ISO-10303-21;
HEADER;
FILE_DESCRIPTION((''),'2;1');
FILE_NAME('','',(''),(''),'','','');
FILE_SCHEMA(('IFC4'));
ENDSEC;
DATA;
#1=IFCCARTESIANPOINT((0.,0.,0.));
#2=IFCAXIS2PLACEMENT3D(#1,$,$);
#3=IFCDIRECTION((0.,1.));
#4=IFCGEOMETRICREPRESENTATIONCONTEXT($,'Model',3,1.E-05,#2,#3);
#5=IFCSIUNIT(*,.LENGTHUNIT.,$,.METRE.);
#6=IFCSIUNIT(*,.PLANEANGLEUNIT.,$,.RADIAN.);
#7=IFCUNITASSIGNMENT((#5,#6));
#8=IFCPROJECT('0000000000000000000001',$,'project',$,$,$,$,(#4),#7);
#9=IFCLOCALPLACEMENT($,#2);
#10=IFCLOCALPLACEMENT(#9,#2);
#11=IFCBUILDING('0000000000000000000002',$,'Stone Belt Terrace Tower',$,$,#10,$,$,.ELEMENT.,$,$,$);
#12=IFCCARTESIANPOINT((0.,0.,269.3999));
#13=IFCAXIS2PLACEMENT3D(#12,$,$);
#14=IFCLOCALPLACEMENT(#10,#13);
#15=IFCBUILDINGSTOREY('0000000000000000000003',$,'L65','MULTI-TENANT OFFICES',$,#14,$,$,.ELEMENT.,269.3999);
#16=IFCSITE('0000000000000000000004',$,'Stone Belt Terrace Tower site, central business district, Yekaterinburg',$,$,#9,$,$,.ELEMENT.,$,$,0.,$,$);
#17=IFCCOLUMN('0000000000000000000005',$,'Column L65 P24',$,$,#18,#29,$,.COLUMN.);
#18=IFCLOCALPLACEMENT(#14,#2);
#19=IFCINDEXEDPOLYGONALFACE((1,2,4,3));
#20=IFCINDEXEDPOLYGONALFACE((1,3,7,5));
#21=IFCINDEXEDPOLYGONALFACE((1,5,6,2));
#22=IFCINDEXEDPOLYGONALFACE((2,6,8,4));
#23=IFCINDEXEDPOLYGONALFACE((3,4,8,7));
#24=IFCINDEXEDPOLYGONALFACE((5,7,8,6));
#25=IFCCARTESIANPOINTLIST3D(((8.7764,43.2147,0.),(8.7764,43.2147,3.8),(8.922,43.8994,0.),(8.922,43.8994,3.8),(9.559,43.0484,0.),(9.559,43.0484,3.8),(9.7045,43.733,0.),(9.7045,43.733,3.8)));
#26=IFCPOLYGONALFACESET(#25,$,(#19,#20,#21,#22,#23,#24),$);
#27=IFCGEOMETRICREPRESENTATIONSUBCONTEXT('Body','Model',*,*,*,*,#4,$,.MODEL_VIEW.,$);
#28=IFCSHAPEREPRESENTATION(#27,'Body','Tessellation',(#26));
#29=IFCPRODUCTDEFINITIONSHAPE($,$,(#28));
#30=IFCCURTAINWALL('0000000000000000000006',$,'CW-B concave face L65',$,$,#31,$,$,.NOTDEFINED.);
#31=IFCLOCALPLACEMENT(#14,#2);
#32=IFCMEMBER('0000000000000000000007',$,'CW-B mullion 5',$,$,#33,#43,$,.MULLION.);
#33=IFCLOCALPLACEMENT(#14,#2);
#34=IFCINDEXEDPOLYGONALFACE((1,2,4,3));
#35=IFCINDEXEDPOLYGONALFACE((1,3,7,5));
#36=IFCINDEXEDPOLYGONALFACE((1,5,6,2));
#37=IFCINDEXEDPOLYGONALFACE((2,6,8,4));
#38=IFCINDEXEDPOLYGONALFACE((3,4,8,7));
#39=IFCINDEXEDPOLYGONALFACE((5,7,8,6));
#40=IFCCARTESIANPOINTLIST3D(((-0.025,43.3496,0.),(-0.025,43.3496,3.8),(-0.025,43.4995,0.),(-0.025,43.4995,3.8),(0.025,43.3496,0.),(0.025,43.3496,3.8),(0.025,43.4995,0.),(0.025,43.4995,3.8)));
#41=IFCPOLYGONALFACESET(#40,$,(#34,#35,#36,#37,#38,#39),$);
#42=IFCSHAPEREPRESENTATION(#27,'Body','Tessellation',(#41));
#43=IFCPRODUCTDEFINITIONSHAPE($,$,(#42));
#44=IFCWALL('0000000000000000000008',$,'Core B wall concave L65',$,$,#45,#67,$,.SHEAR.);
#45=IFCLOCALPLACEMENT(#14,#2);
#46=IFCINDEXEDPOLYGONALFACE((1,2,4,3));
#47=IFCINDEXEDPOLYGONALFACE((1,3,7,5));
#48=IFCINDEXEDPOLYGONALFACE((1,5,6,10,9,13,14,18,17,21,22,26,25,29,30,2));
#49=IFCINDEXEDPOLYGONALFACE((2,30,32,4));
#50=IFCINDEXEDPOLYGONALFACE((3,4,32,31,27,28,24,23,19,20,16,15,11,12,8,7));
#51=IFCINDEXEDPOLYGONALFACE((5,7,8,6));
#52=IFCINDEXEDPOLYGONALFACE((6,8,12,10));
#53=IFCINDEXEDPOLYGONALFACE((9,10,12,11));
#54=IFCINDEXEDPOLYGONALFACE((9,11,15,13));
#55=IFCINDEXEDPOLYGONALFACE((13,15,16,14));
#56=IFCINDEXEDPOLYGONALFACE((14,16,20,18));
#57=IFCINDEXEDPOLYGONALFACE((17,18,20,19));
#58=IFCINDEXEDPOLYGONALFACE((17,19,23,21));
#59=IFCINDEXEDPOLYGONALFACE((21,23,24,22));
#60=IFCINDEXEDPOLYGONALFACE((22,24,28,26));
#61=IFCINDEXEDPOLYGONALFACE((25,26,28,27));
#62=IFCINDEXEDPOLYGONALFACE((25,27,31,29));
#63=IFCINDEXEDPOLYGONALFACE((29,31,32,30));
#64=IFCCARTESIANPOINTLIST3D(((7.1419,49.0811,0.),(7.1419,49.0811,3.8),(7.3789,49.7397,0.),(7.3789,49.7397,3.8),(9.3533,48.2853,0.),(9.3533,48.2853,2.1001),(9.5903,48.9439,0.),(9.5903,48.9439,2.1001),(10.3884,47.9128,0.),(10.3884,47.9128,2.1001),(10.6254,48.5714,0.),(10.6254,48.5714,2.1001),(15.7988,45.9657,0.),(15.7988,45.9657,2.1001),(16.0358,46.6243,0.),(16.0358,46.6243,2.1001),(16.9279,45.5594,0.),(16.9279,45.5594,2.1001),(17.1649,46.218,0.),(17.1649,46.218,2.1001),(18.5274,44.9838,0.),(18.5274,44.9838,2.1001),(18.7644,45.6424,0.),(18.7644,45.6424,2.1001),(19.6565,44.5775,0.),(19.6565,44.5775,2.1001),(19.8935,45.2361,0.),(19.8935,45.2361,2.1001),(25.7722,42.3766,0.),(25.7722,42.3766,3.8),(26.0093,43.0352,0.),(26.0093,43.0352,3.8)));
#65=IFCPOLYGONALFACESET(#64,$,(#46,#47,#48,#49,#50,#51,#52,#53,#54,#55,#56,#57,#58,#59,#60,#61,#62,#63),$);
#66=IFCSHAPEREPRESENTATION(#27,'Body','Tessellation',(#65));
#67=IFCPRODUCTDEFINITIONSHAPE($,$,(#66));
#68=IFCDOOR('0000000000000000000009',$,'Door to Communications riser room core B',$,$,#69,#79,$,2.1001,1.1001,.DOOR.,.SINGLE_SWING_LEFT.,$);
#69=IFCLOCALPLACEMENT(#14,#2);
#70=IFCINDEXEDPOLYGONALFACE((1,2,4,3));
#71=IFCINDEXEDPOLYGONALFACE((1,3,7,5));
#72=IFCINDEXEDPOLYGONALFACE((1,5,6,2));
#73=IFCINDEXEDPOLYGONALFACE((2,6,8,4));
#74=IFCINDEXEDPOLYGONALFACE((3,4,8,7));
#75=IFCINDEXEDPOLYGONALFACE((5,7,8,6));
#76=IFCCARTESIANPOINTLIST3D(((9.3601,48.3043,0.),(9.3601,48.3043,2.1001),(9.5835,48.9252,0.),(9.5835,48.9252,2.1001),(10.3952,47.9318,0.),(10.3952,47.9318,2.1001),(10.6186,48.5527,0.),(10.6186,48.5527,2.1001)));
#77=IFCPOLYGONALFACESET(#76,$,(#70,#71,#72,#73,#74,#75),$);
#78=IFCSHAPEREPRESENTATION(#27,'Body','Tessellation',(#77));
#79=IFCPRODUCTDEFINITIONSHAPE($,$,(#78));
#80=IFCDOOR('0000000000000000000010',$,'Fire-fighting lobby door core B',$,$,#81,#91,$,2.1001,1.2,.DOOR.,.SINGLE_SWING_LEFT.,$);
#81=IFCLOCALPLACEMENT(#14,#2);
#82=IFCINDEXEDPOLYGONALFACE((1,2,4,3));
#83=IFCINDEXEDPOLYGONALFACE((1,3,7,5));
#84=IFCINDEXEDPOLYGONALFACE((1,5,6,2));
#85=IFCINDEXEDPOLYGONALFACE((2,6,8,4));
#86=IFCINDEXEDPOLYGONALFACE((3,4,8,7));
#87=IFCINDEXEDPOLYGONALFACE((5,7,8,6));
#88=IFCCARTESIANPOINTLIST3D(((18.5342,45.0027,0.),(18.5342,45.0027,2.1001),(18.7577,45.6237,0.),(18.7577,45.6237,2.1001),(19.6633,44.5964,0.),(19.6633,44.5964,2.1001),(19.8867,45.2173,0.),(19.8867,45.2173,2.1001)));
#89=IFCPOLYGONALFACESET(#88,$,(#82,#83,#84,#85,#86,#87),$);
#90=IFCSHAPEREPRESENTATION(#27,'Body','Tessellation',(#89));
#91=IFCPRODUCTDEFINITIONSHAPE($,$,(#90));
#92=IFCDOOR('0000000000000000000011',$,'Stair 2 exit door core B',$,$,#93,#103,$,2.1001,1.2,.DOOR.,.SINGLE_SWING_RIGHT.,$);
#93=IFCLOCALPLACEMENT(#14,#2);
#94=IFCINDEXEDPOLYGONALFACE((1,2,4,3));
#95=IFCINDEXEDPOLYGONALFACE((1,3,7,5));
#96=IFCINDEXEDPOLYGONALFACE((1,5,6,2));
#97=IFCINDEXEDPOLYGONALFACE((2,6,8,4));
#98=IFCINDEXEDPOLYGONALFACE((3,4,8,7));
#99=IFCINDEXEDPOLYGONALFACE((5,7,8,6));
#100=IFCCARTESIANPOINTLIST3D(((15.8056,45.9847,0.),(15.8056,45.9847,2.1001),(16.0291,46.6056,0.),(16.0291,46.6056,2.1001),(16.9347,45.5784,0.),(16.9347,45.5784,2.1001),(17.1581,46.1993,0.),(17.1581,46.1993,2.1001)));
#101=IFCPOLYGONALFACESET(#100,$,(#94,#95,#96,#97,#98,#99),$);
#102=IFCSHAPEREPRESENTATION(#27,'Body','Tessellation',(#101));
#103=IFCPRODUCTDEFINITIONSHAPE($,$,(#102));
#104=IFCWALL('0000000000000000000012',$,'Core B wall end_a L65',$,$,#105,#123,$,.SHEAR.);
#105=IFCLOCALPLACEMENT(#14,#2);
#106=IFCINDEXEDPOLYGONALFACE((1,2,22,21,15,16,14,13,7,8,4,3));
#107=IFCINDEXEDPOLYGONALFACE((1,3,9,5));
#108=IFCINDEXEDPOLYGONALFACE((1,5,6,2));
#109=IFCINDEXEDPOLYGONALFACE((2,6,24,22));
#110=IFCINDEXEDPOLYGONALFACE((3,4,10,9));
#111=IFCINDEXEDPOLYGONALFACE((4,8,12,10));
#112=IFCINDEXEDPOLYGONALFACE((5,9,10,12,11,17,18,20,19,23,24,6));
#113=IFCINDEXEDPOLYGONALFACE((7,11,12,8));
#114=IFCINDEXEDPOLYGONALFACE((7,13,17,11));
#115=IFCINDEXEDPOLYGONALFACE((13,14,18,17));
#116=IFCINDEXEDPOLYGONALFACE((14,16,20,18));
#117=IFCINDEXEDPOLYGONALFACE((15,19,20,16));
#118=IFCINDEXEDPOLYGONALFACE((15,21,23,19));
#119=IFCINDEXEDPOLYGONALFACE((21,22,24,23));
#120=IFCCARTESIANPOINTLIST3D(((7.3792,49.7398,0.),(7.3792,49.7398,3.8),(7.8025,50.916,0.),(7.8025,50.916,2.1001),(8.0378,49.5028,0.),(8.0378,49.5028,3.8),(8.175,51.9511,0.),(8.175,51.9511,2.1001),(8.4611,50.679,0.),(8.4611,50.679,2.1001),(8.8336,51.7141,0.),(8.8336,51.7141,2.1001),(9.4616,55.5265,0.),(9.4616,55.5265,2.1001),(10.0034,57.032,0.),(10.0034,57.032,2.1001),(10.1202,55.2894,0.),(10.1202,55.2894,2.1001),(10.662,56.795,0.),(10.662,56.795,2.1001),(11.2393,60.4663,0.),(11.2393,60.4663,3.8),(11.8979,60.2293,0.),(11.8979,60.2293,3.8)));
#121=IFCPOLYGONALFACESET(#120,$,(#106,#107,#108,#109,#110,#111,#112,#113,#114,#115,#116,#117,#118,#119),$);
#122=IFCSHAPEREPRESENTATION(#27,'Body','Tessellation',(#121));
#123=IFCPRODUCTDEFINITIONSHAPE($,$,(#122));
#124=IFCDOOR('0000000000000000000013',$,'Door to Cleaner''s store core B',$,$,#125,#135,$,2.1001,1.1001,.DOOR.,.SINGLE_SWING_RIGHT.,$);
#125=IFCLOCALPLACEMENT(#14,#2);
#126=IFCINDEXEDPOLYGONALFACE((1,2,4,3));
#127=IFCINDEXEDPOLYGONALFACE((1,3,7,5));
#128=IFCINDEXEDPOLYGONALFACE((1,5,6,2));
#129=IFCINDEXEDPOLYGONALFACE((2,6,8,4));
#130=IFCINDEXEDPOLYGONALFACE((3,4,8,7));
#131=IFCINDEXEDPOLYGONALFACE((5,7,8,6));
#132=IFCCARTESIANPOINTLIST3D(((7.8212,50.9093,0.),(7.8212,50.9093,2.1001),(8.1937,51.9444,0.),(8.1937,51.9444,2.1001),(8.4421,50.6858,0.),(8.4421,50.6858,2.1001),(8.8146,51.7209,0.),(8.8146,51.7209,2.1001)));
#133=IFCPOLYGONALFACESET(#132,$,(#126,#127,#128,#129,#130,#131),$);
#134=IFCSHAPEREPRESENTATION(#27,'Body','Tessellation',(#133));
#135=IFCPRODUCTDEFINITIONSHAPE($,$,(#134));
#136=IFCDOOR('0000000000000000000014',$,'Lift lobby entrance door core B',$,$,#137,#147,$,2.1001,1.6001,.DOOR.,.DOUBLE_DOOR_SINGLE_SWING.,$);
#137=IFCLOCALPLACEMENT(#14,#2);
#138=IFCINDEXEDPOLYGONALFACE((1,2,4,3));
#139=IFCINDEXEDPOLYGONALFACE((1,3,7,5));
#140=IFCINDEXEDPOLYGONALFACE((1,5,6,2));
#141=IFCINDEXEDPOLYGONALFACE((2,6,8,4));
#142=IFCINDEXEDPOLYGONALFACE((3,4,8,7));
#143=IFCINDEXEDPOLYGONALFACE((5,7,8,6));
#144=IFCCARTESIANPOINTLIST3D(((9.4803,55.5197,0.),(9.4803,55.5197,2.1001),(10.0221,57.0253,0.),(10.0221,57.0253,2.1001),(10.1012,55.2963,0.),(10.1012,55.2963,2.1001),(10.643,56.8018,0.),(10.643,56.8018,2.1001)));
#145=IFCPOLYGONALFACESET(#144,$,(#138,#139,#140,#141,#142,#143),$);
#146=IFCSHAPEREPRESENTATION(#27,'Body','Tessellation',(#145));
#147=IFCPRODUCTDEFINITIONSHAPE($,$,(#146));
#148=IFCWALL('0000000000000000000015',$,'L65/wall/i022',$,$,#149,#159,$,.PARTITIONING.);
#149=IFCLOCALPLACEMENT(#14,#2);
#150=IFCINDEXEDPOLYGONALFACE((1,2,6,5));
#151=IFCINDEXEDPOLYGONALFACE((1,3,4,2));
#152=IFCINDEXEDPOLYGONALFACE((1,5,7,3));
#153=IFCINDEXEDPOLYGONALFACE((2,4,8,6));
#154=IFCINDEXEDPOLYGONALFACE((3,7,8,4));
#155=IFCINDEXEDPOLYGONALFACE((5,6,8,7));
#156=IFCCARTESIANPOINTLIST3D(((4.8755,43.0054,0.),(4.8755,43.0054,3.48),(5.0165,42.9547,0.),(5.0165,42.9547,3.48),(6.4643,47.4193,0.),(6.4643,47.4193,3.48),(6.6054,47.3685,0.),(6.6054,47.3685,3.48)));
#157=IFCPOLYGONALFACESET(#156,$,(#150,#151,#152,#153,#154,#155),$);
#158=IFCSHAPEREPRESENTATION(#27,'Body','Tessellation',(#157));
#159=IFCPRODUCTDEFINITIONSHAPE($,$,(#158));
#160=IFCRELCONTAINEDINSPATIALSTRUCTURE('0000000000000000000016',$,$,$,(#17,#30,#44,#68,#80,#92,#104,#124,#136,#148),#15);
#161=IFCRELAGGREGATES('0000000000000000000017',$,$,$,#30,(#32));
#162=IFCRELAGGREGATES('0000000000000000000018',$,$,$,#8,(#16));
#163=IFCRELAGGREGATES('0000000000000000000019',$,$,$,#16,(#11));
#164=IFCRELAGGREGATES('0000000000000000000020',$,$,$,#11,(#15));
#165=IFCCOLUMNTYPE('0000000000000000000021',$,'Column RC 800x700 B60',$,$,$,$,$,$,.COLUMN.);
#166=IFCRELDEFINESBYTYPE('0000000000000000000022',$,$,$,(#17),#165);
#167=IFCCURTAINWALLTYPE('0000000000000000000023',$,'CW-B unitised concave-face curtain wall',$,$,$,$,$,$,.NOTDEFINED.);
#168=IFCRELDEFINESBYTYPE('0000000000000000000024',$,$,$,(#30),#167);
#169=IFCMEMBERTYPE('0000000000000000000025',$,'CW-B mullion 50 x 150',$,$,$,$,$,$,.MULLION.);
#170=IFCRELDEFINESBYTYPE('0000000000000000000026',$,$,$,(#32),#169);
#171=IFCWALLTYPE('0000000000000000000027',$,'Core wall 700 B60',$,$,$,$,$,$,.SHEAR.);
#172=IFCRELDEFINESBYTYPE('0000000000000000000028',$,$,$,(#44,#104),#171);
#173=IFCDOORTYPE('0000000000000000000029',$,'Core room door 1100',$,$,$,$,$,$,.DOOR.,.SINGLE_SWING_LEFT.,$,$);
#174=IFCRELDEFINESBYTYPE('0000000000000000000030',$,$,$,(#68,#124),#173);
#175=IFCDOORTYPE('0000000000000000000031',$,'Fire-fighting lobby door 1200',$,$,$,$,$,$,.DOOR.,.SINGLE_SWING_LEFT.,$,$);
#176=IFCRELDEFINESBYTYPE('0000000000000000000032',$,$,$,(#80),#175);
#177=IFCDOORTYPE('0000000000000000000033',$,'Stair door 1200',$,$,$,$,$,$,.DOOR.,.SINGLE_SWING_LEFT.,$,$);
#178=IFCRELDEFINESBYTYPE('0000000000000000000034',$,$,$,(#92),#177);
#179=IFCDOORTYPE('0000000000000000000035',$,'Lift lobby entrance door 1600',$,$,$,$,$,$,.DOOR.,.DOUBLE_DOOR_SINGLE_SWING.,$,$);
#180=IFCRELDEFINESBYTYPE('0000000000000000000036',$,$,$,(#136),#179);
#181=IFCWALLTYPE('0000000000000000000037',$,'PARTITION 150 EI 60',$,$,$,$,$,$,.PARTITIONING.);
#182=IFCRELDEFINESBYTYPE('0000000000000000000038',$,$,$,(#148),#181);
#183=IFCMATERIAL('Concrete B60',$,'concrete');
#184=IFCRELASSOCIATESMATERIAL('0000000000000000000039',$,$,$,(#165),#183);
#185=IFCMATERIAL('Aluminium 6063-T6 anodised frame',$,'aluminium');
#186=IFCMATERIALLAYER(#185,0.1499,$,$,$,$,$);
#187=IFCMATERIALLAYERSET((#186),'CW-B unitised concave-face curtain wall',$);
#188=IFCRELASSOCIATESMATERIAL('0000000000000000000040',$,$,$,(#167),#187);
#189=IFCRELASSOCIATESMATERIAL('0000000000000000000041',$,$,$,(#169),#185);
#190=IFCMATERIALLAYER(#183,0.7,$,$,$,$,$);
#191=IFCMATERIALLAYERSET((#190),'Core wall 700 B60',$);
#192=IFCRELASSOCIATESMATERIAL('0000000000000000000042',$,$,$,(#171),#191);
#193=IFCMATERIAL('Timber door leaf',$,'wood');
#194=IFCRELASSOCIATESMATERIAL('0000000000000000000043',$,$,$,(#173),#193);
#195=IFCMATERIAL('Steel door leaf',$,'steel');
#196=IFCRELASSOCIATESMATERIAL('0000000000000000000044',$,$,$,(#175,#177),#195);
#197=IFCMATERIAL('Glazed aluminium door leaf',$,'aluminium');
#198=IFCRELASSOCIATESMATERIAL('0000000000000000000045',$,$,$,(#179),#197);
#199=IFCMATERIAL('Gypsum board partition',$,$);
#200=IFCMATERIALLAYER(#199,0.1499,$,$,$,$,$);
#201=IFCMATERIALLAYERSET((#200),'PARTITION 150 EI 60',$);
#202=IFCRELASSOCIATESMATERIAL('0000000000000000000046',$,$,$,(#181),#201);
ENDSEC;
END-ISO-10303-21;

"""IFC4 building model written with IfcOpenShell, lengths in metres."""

from ifc_helpers import new_model, si_unit, direction, frame, frame_2d, origin, origin_2d, place, context, subcontext, project, spatial, rectangle, extrude, material, layer, layer_set, material_profile, profile_set, type_object, element, fill, aggregate, save


model = new_model("IFC4")

# Units and contexts
model_context = context("Model", 3, precision=1e-05, world=origin(), true_north=direction((0.0, 1.0)))
body_context = subcontext(model_context, "Body", "Model", "MODEL_VIEW")
ifc_project = project(units=[si_unit("LENGTHUNIT", "METRE"), si_unit("PLANEANGLEUNIT", "RADIAN")], contexts=[model_context])

# Site, building, storey
site_placement = place(None, origin())
site = spatial("IfcSite", under=ifc_project, at=site_placement, Name="Stone Belt Terrace Tower site, central business district, Yekaterinburg", CompositionType="ELEMENT", RefElevation=0.0)
building_placement = place(site_placement, origin())
building = spatial("IfcBuilding", under=site, at=building_placement, Name="Stone Belt Terrace Tower", CompositionType="ELEMENT")
storey_placement = place(building_placement, frame((0.0, 0.0, 269.3999)))
storey = spatial("IfcBuildingStorey", under=building, at=storey_placement, Name="L65", Description="MULTI-TENANT OFFICES", CompositionType="ELEMENT", Elevation=269.3999)

# Column
ifc_material_1 = material(Name="Concrete B60", Category="concrete")
ifc_material_profile_1 = material_profile(ifc_material_1, rectangle(XDim=0.8, YDim=0.7, at=origin_2d()), Name="RC 800x700")
ifc_profile_set_1 = profile_set([ifc_material_profile_1], Name="Concrete B60")
column_type = type_object("IfcColumnType", Name="Column RC 800x700 B60", PredefinedType="COLUMN", material=ifc_profile_set_1)
column_placement = place(storey_placement, frame((9.2405, 43.4739, 0.0), z_axis=(0.0, 0.0, 1.0), x_axis=(0.978148, -0.207912, 0.0)))
element("IfcColumn", 1, at=column_placement, inside=storey, type_object=column_type, Name="Column L65 P24", PredefinedType="COLUMN", context=body_context, shape_type="SweptSolid", body=[
    extrude(rectangle(XDim=0.8, YDim=0.7, at=origin_2d()), origin(), (0.0, 0.0, 1.0), 3.8),
])

# Curtain wall, member
ifc_material_2 = material(Name="Aluminium 6063-T6 anodised frame", Category="aluminium")
ifc_layer_1 = layer(ifc_material_2, 0.1499)
ifc_layer_set_1 = layer_set([ifc_layer_1], Name="CW-B unitised concave-face curtain wall")
curtain_wall_type = type_object("IfcCurtainWallType", Name="CW-B unitised concave-face curtain wall", PredefinedType="NOTDEFINED", material=ifc_layer_set_1)
curtain_wall_placement = place(storey_placement, origin())
curtain_wall = element("IfcCurtainWall", 2, at=curtain_wall_placement, inside=storey, type_object=curtain_wall_type, Name="CW-B concave face L65", PredefinedType="NOTDEFINED")
ifc_material_profile_2 = material_profile(ifc_material_2, rectangle(XDim=0.1499, YDim=0.05, at=origin_2d()), Name="Aluminium 6063-T6 50x150")
ifc_profile_set_2 = profile_set([ifc_material_profile_2], Name="Aluminium 6063-T6 anodised frame")
member_type = type_object("IfcMemberType", Name="CW-B mullion 50 x 150", PredefinedType="MULLION", material=ifc_profile_set_2)
member_placement = place(storey_placement, frame((0.0, 43.4246, 0.0), z_axis=(0.0, 0.0, 1.0), x_axis=(0.0, 1.0, 0.0)))
member = element("IfcMember", 3, at=member_placement, type_object=member_type, Name="CW-B mullion 5", PredefinedType="MULLION", context=body_context, shape_type="SweptSolid", body=[
    extrude(rectangle(XDim=0.1499, YDim=0.05, at=origin_2d()), origin(), (0.0, 0.0, 1.0), 3.8),
])
aggregate(curtain_wall, [member])

# Walls, openings, doors
ifc_layer_2 = layer(ifc_material_1, 0.7)
ifc_layer_set_2 = layer_set([ifc_layer_2], Name="Core wall 700 B60")
wall_type_1 = type_object("IfcWallType", Name="Core wall 700 B60", PredefinedType="SHEAR", material=ifc_layer_set_2)
wall_1_placement = place(storey_placement, frame((7.2605, 49.4104, 0.0), z_axis=(0.0, 0.0, 1.0), x_axis=(0.940925, -0.338615, 0.0)))
wall_1 = element("IfcWall", 4, at=wall_1_placement, inside=storey, type_object=wall_type_1, Name="Core B wall concave L65", PredefinedType="SHEAR", context=body_context, shape_type="SweptSolid", body=[
    extrude(rectangle(XDim=19.8, YDim=0.7, at=frame_2d((9.8999, 0.0))), origin(), (0.0, 0.0, 1.0), 3.8),
])
opening_1_placement = place(wall_1_placement, frame((12.1001, 0.0, 0.0)))
opening_1 = element("IfcOpeningElement", 5, at=opening_1_placement, cuts=wall_1, PredefinedType="OPENING", context=body_context, shape_type="SweptSolid", body=[
    extrude(rectangle(XDim=1.2, YDim=2.1001, at=frame_2d((0.6001, 1.05))), frame((0.0, 0.3599, 0.0), z_axis=(0.0, -1.0, 0.0), x_axis=(1.0, 0.0, 0.0)), (0.0, 0.0, 1.0), 0.72),
])
opening_2_placement = place(wall_1_placement, frame((9.2002, 0.0, 0.0)))
opening_2 = element("IfcOpeningElement", 6, at=opening_2_placement, cuts=wall_1, PredefinedType="OPENING", context=body_context, shape_type="SweptSolid", body=[
    extrude(rectangle(XDim=1.2, YDim=2.1001, at=frame_2d((0.6001, 1.05))), frame((0.0, 0.3599, 0.0), z_axis=(0.0, -1.0, 0.0), x_axis=(1.0, 0.0, 0.0)), (0.0, 0.0, 1.0), 0.72),
])
opening_3_placement = place(wall_1_placement, frame((2.3501, 0.0, 0.0)))
opening_3 = element("IfcOpeningElement", 7, at=opening_3_placement, cuts=wall_1, PredefinedType="OPENING", context=body_context, shape_type="SweptSolid", body=[
    extrude(rectangle(XDim=1.1001, YDim=2.1001, at=frame_2d((0.55, 1.05))), frame((0.0, 0.3599, 0.0), z_axis=(0.0, -1.0, 0.0), x_axis=(1.0, 0.0, 0.0)), (0.0, 0.0, 1.0), 0.72),
])
ifc_material_3 = material(Name="Timber door leaf", Category="wood")
door_type_1 = type_object("IfcDoorType", Name="Core room door 1100", OperationType="SINGLE_SWING_LEFT", PredefinedType="DOOR", material=ifc_material_3)
door_1_placement = place(opening_3_placement, origin())
door_1 = element("IfcDoor", 8, at=door_1_placement, inside=storey, type_object=door_type_1, Name="Door to Communications riser room core B", OperationType="SINGLE_SWING_LEFT", OverallHeight=2.1001, OverallWidth=1.1001, PredefinedType="DOOR", context=body_context, shape_type="SweptSolid", body=[
    extrude(rectangle(XDim=1.1001, YDim=2.1001, at=frame_2d((0.55, 1.05))), frame((0.0, 0.3301, 0.0), z_axis=(0.0, -1.0, 0.0), x_axis=(1.0, 0.0, 0.0)), (0.0, 0.0, 1.0), 0.6599),
])
fill(opening_3, door_1)
ifc_material_4 = material(Name="Steel door leaf", Category="steel")
door_type_2 = type_object("IfcDoorType", Name="Fire-fighting lobby door 1200", OperationType="SINGLE_SWING_LEFT", PredefinedType="DOOR", material=ifc_material_4)
door_2_placement = place(opening_1_placement, origin())
door_2 = element("IfcDoor", 9, at=door_2_placement, inside=storey, type_object=door_type_2, Name="Fire-fighting lobby door core B", OperationType="SINGLE_SWING_LEFT", OverallHeight=2.1001, OverallWidth=1.2, PredefinedType="DOOR", context=body_context, shape_type="SweptSolid", body=[
    extrude(rectangle(XDim=1.2, YDim=2.1001, at=frame_2d((0.6001, 1.05))), frame((0.0, 0.3301, 0.0), z_axis=(0.0, -1.0, 0.0), x_axis=(1.0, 0.0, 0.0)), (0.0, 0.0, 1.0), 0.6599),
])
fill(opening_1, door_2)
door_type_3 = type_object("IfcDoorType", Name="Stair door 1200", OperationType="SINGLE_SWING_LEFT", PredefinedType="DOOR", material=ifc_material_4)
door_3_placement = place(opening_2_placement, origin())
door_3 = element("IfcDoor", 10, at=door_3_placement, inside=storey, type_object=door_type_3, Name="Stair 2 exit door core B", OperationType="SINGLE_SWING_RIGHT", OverallHeight=2.1001, OverallWidth=1.2, PredefinedType="DOOR", context=body_context, shape_type="SweptSolid", body=[
    extrude(rectangle(XDim=1.2, YDim=2.1001, at=frame_2d((0.6001, 1.05))), frame((0.0, 0.3301, 0.0), z_axis=(0.0, -1.0, 0.0), x_axis=(1.0, 0.0, 0.0)), (0.0, 0.0, 1.0), 0.6599),
])
fill(opening_2, door_3)
wall_2_placement = place(storey_placement, frame((7.7085, 49.6213, 0.0), z_axis=(0.0, 0.0, 1.0), x_axis=(0.338606, 0.940928, 0.0)))
wall_2 = element("IfcWall", 11, at=wall_2_placement, inside=storey, type_object=wall_type_1, Name="Core B wall end_a L65", PredefinedType="SHEAR", context=body_context, shape_type="SweptSolid", body=[
    extrude(rectangle(XDim=11.3999, YDim=0.7, at=frame_2d((5.7, 0.0))), origin(), (0.0, 0.0, 1.0), 3.8),
])
opening_4_placement = place(wall_2_placement, frame((6.1499, 0.0, 0.0)))
opening_4 = element("IfcOpeningElement", 12, at=opening_4_placement, cuts=wall_2, PredefinedType="OPENING", context=body_context, shape_type="SweptSolid", body=[
    extrude(rectangle(XDim=1.6001, YDim=2.1001, at=frame_2d((0.8, 1.05))), frame((0.0, 0.3599, 0.0), z_axis=(0.0, -1.0, 0.0), x_axis=(1.0, 0.0, 0.0)), (0.0, 0.0, 1.0), 0.72),
])
opening_5_placement = place(wall_2_placement, frame((1.25, 0.0, 0.0)))
opening_5 = element("IfcOpeningElement", 13, at=opening_5_placement, cuts=wall_2, PredefinedType="OPENING", context=body_context, shape_type="SweptSolid", body=[
    extrude(rectangle(XDim=1.1001, YDim=2.1001, at=frame_2d((0.55, 1.05))), frame((0.0, 0.3599, 0.0), z_axis=(0.0, -1.0, 0.0), x_axis=(1.0, 0.0, 0.0)), (0.0, 0.0, 1.0), 0.72),
])
door_4_placement = place(opening_5_placement, origin())
door_4 = element("IfcDoor", 14, at=door_4_placement, inside=storey, type_object=door_type_1, Name="Door to Cleaner's store core B", OperationType="SINGLE_SWING_RIGHT", OverallHeight=2.1001, OverallWidth=1.1001, PredefinedType="DOOR", context=body_context, shape_type="SweptSolid", body=[
    extrude(rectangle(XDim=1.1001, YDim=2.1001, at=frame_2d((0.55, 1.05))), frame((0.0, 0.3301, 0.0), z_axis=(0.0, -1.0, 0.0), x_axis=(1.0, 0.0, 0.0)), (0.0, 0.0, 1.0), 0.6599),
])
fill(opening_5, door_4)
ifc_material_5 = material(Name="Glazed aluminium door leaf", Category="aluminium")
door_type_4 = type_object("IfcDoorType", Name="Lift lobby entrance door 1600", OperationType="DOUBLE_DOOR_SINGLE_SWING", PredefinedType="DOOR", material=ifc_material_5)
door_5_placement = place(opening_4_placement, origin())
door_5 = element("IfcDoor", 15, at=door_5_placement, inside=storey, type_object=door_type_4, Name="Lift lobby entrance door core B", OperationType="DOUBLE_DOOR_SINGLE_SWING", OverallHeight=2.1001, OverallWidth=1.6001, PredefinedType="DOOR", context=body_context, shape_type="SweptSolid", body=[
    extrude(rectangle(XDim=1.6001, YDim=2.1001, at=frame_2d((0.8, 1.05))), frame((0.0, 0.3301, 0.0), z_axis=(0.0, -1.0, 0.0), x_axis=(1.0, 0.0, 0.0)), (0.0, 0.0, 1.0), 0.6599),
])
fill(opening_4, door_5)

# Wall
ifc_material_6 = material(Name="Gypsum board partition")
ifc_layer_3 = layer(ifc_material_6, 0.1499)
ifc_layer_set_3 = layer_set([ifc_layer_3], Name="PARTITION 150 EI 60")
wall_type_2 = type_object("IfcWallType", Name="PARTITION 150 EI 60", PredefinedType="PARTITIONING", material=ifc_layer_set_3)
wall_3_placement = place(storey_placement, frame((6.5349, 47.394, 0.0), z_axis=(0.0, 0.0, 1.0), x_axis=(-0.338699, -0.940895, 0.0)))
element("IfcWall", 16, at=wall_3_placement, inside=storey, type_object=wall_type_2, Name="L65/wall/i022", PredefinedType="PARTITIONING", context=body_context, shape_type="SweptSolid", body=[
    extrude(rectangle(XDim=4.6912, YDim=0.1499, at=frame_2d((2.3457, 0.0))), origin(), (0.0, 0.0, 1.0), 3.48),
])

save(model, "model.ifc")
